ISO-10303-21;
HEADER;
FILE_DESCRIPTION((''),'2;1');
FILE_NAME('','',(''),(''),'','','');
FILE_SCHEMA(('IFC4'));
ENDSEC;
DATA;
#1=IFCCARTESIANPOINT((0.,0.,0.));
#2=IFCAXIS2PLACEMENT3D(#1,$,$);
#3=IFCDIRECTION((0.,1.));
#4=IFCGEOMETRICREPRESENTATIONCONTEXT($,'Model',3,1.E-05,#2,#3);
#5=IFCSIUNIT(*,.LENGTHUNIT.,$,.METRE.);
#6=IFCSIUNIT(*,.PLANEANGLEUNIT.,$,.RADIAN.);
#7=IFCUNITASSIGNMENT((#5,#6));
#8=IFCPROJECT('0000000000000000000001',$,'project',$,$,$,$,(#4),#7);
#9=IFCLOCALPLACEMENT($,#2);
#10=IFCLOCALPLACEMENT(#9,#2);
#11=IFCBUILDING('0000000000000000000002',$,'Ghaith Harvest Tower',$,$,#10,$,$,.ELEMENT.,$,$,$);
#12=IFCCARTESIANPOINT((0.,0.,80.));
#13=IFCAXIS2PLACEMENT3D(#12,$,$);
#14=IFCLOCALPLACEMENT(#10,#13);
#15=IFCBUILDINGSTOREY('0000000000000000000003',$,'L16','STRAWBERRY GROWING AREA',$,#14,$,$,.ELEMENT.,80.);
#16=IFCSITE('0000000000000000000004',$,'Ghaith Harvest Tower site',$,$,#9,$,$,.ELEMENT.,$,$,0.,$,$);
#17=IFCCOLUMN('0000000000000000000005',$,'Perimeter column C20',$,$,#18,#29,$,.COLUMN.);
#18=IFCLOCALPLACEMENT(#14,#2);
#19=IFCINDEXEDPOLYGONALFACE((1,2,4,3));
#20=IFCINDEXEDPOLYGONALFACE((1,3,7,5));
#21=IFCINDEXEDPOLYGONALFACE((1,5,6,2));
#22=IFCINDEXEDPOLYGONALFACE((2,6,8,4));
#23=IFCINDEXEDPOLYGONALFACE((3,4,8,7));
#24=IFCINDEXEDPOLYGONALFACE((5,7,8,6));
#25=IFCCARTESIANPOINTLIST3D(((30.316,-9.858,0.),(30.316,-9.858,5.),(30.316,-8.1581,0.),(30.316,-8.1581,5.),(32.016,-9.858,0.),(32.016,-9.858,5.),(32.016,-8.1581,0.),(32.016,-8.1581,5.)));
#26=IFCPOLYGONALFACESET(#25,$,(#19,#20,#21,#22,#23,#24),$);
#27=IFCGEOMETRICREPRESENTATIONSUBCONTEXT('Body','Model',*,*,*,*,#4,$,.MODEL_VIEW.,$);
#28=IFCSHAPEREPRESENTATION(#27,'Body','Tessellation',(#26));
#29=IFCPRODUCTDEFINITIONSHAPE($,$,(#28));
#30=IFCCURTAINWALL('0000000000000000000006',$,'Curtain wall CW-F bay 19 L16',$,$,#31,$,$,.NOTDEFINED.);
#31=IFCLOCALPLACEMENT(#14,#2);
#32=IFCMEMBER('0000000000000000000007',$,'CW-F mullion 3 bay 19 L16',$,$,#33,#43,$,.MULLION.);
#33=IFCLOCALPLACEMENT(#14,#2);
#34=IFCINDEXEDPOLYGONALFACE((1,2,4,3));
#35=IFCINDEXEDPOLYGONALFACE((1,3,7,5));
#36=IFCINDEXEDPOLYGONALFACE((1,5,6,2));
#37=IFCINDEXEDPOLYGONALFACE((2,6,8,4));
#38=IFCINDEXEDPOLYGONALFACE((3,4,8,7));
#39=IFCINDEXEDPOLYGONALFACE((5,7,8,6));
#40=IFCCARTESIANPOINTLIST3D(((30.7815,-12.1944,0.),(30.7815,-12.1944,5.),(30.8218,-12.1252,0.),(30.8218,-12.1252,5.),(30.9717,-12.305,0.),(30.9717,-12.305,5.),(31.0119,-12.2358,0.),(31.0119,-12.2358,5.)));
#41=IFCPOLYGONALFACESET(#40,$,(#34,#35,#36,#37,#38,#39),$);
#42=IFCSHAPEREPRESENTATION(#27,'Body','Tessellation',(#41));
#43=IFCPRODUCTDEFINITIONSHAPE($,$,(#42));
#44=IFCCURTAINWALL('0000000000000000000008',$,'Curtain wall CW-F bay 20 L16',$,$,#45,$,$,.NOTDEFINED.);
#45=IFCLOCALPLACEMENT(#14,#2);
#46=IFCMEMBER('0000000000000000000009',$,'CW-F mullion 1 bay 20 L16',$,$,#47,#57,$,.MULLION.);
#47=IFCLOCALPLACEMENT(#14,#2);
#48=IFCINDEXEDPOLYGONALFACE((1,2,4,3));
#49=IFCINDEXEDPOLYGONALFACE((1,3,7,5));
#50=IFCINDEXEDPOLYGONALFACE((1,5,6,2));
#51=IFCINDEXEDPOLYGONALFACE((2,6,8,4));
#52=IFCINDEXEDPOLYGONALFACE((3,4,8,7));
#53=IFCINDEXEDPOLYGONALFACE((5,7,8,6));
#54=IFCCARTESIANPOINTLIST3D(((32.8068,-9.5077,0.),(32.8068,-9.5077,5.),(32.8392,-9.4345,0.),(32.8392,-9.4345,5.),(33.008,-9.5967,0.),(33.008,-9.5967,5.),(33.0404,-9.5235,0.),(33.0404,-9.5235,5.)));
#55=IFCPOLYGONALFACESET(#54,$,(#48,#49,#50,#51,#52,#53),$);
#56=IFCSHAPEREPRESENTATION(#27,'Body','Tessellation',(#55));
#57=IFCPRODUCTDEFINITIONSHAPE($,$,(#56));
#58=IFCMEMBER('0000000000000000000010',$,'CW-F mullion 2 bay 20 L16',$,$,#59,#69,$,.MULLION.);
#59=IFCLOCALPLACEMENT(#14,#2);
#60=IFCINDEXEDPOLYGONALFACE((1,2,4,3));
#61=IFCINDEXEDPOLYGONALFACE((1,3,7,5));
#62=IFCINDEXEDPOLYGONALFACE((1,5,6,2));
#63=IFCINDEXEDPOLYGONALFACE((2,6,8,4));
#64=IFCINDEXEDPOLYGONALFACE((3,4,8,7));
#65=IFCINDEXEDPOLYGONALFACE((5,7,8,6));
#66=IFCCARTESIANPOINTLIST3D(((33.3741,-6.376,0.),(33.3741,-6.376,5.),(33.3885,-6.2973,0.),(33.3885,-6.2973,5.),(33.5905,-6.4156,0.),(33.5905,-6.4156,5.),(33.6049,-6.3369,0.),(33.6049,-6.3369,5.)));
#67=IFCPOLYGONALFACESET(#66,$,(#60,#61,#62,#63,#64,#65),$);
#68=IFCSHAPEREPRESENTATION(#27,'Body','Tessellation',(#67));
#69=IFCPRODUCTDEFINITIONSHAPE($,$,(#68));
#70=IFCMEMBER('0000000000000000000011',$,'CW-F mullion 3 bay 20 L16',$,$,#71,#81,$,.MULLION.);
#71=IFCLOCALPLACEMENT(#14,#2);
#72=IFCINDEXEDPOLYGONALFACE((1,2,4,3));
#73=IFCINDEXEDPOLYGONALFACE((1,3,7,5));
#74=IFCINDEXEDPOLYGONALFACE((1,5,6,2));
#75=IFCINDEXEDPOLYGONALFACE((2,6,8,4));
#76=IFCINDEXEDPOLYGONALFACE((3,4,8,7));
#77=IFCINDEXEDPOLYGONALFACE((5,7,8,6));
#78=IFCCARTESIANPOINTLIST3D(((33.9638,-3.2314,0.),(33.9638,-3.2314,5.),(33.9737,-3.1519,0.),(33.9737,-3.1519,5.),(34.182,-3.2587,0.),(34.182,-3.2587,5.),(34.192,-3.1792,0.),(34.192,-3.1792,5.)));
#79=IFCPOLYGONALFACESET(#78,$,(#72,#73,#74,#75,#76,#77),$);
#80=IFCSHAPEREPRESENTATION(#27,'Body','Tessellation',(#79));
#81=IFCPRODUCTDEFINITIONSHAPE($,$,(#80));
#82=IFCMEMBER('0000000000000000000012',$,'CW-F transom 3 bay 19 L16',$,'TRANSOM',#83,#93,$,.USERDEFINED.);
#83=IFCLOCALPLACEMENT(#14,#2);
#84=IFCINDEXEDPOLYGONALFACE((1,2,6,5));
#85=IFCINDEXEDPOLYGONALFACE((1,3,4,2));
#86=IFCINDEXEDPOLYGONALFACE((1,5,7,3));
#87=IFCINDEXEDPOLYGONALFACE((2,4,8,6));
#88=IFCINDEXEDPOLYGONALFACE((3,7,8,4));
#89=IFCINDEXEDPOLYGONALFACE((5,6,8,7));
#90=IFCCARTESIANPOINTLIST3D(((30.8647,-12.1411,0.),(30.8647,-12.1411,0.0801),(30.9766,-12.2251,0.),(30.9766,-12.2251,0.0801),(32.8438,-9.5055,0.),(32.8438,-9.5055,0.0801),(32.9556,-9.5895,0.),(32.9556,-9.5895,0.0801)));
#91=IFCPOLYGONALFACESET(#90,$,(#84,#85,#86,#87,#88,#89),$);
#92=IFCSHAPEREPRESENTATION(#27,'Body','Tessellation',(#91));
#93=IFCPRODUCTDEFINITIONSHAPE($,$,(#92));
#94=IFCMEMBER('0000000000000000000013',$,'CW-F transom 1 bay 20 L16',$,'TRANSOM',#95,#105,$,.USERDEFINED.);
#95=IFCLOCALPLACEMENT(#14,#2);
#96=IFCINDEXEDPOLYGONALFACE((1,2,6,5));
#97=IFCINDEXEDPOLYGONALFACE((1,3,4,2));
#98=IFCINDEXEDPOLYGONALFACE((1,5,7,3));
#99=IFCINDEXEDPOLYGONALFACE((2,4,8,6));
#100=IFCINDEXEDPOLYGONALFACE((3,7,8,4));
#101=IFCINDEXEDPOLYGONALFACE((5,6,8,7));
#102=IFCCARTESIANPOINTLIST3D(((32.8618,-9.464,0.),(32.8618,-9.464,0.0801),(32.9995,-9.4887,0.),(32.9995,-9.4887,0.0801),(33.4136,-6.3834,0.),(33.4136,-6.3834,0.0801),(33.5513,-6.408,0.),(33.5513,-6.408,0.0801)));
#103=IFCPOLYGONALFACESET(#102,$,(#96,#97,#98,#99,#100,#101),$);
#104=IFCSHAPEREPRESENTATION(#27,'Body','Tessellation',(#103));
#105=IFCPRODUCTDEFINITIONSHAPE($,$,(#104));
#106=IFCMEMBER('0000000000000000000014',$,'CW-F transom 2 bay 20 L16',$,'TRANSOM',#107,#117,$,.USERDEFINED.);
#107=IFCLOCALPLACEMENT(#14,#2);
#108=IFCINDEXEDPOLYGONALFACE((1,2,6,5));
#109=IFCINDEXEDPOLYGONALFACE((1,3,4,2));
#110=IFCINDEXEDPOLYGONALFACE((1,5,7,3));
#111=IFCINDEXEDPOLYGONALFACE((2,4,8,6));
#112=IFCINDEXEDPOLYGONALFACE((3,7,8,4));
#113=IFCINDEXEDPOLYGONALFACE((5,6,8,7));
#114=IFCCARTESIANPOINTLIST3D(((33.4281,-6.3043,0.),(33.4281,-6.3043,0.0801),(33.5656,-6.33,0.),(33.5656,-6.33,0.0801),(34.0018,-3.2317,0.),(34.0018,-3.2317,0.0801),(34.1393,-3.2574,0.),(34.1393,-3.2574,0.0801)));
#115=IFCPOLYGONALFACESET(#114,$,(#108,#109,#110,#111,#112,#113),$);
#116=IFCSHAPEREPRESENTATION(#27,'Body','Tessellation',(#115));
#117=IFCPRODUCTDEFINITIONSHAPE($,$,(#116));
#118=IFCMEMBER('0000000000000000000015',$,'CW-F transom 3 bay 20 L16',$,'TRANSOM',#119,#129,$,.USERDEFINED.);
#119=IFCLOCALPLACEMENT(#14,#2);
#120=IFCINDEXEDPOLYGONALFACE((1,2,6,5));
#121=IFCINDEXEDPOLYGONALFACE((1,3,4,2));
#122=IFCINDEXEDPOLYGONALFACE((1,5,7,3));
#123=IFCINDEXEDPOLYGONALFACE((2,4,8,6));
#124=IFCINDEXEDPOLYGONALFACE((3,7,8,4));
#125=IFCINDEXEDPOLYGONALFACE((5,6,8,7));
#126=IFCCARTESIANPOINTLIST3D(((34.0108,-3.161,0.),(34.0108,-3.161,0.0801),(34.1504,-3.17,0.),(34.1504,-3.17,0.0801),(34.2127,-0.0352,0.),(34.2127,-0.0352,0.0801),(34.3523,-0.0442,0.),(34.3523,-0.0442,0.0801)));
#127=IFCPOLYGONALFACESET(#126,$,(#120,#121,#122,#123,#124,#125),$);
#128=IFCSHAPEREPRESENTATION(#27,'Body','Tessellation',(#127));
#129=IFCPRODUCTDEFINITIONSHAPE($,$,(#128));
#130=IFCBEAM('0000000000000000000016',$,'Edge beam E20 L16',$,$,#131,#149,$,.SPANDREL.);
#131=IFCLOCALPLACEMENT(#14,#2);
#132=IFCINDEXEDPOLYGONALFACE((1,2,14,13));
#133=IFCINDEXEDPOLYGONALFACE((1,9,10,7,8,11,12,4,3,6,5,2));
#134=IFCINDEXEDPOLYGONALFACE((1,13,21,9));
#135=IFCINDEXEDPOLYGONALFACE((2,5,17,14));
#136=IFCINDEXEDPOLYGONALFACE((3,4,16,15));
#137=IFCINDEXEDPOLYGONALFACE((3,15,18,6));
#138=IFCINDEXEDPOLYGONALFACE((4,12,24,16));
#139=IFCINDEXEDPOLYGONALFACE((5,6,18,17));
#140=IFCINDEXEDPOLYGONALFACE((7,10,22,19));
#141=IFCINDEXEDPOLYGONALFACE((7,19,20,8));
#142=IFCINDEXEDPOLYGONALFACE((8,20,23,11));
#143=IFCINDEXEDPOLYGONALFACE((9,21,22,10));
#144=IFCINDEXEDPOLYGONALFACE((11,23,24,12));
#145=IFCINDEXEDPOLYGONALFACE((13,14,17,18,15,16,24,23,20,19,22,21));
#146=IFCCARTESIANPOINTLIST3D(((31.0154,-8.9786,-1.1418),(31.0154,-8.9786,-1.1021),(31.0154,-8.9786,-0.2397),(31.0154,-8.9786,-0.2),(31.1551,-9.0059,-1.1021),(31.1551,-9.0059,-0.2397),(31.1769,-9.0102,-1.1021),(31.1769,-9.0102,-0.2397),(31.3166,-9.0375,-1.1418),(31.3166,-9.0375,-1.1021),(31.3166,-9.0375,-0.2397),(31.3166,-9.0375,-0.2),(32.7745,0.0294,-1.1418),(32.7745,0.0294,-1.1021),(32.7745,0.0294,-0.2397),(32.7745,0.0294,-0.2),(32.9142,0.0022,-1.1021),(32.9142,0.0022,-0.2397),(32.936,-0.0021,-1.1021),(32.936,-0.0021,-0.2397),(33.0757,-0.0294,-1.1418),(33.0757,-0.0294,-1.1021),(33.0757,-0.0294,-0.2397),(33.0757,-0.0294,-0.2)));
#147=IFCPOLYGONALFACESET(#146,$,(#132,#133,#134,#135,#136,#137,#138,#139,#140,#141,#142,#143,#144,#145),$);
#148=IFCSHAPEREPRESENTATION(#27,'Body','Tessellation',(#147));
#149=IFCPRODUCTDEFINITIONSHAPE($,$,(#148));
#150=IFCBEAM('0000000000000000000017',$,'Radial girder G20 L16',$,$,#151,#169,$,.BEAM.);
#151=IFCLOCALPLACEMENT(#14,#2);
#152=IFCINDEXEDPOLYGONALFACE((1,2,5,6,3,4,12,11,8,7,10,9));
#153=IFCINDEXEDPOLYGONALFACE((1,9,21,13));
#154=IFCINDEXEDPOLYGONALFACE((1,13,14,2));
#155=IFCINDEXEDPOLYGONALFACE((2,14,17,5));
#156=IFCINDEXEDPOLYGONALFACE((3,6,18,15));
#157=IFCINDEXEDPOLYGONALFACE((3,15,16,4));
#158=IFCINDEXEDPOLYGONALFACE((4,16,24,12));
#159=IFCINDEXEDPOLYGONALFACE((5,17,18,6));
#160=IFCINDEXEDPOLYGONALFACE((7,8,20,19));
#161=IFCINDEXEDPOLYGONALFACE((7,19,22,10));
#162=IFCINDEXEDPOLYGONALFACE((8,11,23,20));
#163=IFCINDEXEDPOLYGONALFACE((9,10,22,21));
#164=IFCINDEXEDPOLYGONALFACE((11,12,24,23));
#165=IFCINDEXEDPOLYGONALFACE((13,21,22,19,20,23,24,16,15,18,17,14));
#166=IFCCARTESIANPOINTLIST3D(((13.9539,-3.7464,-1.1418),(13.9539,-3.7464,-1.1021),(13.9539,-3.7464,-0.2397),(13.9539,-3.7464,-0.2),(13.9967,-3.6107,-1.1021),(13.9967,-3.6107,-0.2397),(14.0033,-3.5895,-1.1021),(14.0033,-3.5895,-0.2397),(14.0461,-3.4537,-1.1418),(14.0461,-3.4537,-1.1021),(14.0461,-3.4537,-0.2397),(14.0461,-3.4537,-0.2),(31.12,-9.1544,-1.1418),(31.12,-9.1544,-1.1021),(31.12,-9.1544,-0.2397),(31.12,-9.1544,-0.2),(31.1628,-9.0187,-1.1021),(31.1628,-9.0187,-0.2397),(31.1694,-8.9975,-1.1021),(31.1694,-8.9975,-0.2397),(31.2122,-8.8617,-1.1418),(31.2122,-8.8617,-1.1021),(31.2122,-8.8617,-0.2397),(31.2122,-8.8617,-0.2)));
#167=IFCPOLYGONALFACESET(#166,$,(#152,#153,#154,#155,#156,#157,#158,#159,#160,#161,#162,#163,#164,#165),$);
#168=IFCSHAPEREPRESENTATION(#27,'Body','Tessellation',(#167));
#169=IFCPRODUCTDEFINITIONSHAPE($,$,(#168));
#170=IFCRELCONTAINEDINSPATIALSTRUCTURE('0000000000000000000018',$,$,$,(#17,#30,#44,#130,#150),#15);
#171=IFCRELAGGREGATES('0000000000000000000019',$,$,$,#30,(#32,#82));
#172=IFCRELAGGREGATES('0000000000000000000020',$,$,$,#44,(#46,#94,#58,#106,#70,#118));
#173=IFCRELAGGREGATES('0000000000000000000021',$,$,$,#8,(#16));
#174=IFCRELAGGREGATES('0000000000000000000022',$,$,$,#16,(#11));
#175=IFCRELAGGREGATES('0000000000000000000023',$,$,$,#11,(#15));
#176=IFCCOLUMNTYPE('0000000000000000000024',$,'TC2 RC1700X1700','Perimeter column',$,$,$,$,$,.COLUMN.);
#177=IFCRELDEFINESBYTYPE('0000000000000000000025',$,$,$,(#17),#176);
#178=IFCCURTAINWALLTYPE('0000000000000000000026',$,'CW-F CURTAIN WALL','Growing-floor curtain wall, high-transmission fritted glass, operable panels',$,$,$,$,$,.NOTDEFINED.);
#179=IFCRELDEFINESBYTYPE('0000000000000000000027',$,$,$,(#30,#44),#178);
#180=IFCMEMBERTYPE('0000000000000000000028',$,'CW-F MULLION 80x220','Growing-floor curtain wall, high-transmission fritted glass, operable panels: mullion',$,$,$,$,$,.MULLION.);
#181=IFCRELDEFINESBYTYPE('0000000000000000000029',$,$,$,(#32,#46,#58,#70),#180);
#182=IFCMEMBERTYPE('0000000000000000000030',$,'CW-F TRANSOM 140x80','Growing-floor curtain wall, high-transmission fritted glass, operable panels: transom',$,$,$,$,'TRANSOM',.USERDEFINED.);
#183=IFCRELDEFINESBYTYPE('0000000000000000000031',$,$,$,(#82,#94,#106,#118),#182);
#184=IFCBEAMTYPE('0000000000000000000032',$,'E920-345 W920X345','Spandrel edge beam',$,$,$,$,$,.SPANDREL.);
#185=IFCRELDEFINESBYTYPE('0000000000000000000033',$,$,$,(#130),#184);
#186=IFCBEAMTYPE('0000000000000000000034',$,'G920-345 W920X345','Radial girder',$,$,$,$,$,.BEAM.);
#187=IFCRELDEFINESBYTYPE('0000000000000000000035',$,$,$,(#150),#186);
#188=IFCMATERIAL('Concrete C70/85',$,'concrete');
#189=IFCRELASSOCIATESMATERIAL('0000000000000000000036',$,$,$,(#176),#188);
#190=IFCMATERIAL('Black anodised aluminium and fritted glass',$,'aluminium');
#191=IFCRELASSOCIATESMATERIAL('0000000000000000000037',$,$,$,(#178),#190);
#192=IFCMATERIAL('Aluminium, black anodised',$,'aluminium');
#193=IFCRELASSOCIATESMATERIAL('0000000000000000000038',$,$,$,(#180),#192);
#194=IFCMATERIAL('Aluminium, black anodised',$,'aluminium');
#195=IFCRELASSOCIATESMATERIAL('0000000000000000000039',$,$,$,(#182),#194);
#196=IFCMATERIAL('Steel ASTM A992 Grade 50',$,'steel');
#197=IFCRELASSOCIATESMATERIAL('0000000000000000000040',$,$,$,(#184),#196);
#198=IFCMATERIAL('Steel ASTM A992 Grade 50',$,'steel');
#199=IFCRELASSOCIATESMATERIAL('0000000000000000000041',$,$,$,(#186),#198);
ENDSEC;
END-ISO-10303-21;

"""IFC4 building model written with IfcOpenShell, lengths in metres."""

from ifc_helpers import new_model, si_unit, direction, frame, origin, origin_2d, place, context, subcontext, project, spatial, rectangle, i_section, extrude, material, material_profile, profile_set, type_object, element, aggregate, save


model = new_model("IFC4")

# Units and contexts
model_context = context("Model", 3, precision=1e-05, world=origin(), true_north=direction((0.0, 1.0)))
body_context = subcontext(model_context, "Body", "Model", "MODEL_VIEW")
ifc_project = project(units=[si_unit("LENGTHUNIT", "METRE"), si_unit("PLANEANGLEUNIT", "RADIAN")], contexts=[model_context])

# Site, building, storey
site_placement = place(None, origin())
site = spatial("IfcSite", under=ifc_project, at=site_placement, Name="Ghaith Harvest Tower site", CompositionType="ELEMENT", RefElevation=0.0)
building_placement = place(site_placement, origin())
building = spatial("IfcBuilding", under=site, at=building_placement, Name="Ghaith Harvest Tower", CompositionType="ELEMENT")
storey_placement = place(building_placement, frame((0.0, 0.0, 80.0)))
storey = spatial("IfcBuildingStorey", under=building, at=storey_placement, Name="L16", Description="STRAWBERRY GROWING AREA", CompositionType="ELEMENT", Elevation=80.0)

# Column
ifc_material_1 = material(Name="Concrete C70/85", Category="concrete")
ifc_material_profile_1 = material_profile(ifc_material_1, rectangle(XDim=1.7, YDim=1.7, at=origin_2d()), Name="RC1700X1700")
ifc_profile_set_1 = profile_set([ifc_material_profile_1], Name="Concrete C70/85")
column_type = type_object("IfcColumnType", Name="TC2 RC1700X1700", Description="Perimeter column", PredefinedType="COLUMN", material=ifc_profile_set_1)
column_placement = place(storey_placement, frame((31.166, -9.0081, 0.0), z_axis=(0.0, 0.0, 1.0), x_axis=(1.0, 0.0, 0.0)))
element("IfcColumn", 1, at=column_placement, inside=storey, type_object=column_type, Name="Perimeter column C20", PredefinedType="COLUMN", context=body_context, shape_type="SweptSolid", body=[
    extrude(rectangle(XDim=1.7, YDim=1.7, at=origin_2d()), origin(), (0.0, 0.0, 1.0), 5.0),
])

# Curtain wall, member
ifc_material_2 = material(Name="Black anodised aluminium and fritted glass", Category="aluminium")
curtain_wall_type = type_object("IfcCurtainWallType", Name="CW-F CURTAIN WALL", Description="Growing-floor curtain wall, high-transmission fritted glass, operable panels", PredefinedType="NOTDEFINED", material=ifc_material_2)
curtain_wall_1_placement = place(storey_placement, origin())
curtain_wall_1 = element("IfcCurtainWall", 2, at=curtain_wall_1_placement, inside=storey, type_object=curtain_wall_type, Name="Curtain wall CW-F bay 19 L16", PredefinedType="NOTDEFINED")
ifc_material_3 = material(Name="Aluminium, black anodised", Category="aluminium")
ifc_material_profile_2 = material_profile(ifc_material_3, rectangle(XDim=0.0801, YDim=0.22, at=origin_2d()), Name="CW-F MULLION 80x220")
ifc_profile_set_2 = profile_set([ifc_material_profile_2], Name="Aluminium, black anodised")
member_type_1 = type_object("IfcMemberType", Name="CW-F MULLION 80x220", Description="Growing-floor curtain wall, high-transmission fritted glass, operable panels: mullion", PredefinedType="MULLION", material=ifc_profile_set_2)
member_1_placement = place(storey_placement, frame((30.8967, -12.2151, 0.0), z_axis=(0.0, 0.0, 1.0), x_axis=(0.502795, 0.864406, 0.0)))
member_1 = element("IfcMember", 3, at=member_1_placement, type_object=member_type_1, Name="CW-F mullion 3 bay 19 L16", PredefinedType="MULLION", context=body_context, shape_type="SweptSolid", body=[
    extrude(rectangle(XDim=0.0801, YDim=0.22, at=origin_2d()), origin(), (0.0, 0.0, 1.0), 5.0),
])

# Curtain wall, members
curtain_wall_2_placement = place(storey_placement, origin())
curtain_wall_2 = element("IfcCurtainWall", 4, at=curtain_wall_2_placement, inside=storey, type_object=curtain_wall_type, Name="Curtain wall CW-F bay 20 L16", PredefinedType="NOTDEFINED")
member_2_placement = place(storey_placement, frame((32.9236, -9.5156, 0.0), z_axis=(0.0, 0.0, 1.0), x_axis=(0.404702, 0.914449, 0.0)))
member_2 = element("IfcMember", 5, at=member_2_placement, type_object=member_type_1, Name="CW-F mullion 1 bay 20 L16", PredefinedType="MULLION", context=body_context, shape_type="SweptSolid", body=[
    extrude(rectangle(XDim=0.0801, YDim=0.22, at=origin_2d()), origin(), (0.0, 0.0, 1.0), 5.0),
])
member_3_placement = place(storey_placement, frame((33.4895, -6.3564, 0.0), z_axis=(0.0, 0.0, 1.0), x_axis=(0.179943, 0.983677, 0.0)))
member_3 = element("IfcMember", 6, at=member_3_placement, type_object=member_type_1, Name="CW-F mullion 2 bay 20 L16", PredefinedType="MULLION", context=body_context, shape_type="SweptSolid", body=[
    extrude(rectangle(XDim=0.0801, YDim=0.22, at=origin_2d()), origin(), (0.0, 0.0, 1.0), 5.0),
])
member_4_placement = place(storey_placement, frame((34.0779, -3.2053, 0.0), z_axis=(0.0, 0.0, 1.0), x_axis=(0.12417, 0.992261, 0.0)))
member_4 = element("IfcMember", 7, at=member_4_placement, type_object=member_type_1, Name="CW-F mullion 3 bay 20 L16", PredefinedType="MULLION", context=body_context, shape_type="SweptSolid", body=[
    extrude(rectangle(XDim=0.0801, YDim=0.22, at=origin_2d()), origin(), (0.0, 0.0, 1.0), 5.0),
])

# Members
ifc_material_4 = material(Name="Aluminium, black anodised", Category="aluminium")
ifc_material_profile_3 = material_profile(ifc_material_4, rectangle(XDim=0.1399, YDim=0.0801, at=origin_2d()), Name="CW-F TRANSOM 140x80")
ifc_profile_set_3 = profile_set([ifc_material_profile_3], Name="Aluminium, black anodised")
member_type_2 = type_object("IfcMemberType", Name="CW-F TRANSOM 140x80", Description="Growing-floor curtain wall, high-transmission fritted glass, operable panels: transom", ElementType="TRANSOM", PredefinedType="USERDEFINED", material=ifc_profile_set_3)
member_5_placement = place(storey_placement, frame((30.9207, -12.1831, 0.04), z_axis=(0.600462, 0.799653, 0.0), x_axis=(-0.799653, 0.600462, 0.0)))
member_5 = element("IfcMember", 8, at=member_5_placement, type_object=member_type_2, Name="CW-F transom 3 bay 19 L16", ObjectType="TRANSOM", PredefinedType="USERDEFINED", context=body_context, shape_type="SweptSolid", body=[
    extrude(rectangle(XDim=0.1399, YDim=0.0801, at=origin_2d()), origin(), (0.0, 0.0, 1.0), 3.2959),
])
member_6_placement = place(storey_placement, frame((32.9307, -9.4763, 0.04), z_axis=(0.176304, 0.984336, 0.0), x_axis=(-0.984336, 0.176304, 0.0)))
member_6 = element("IfcMember", 9, at=member_6_placement, type_object=member_type_2, Name="CW-F transom 1 bay 20 L16", ObjectType="TRANSOM", PredefinedType="USERDEFINED", context=body_context, shape_type="SweptSolid", body=[
    extrude(rectangle(XDim=0.1399, YDim=0.0801, at=origin_2d()), origin(), (0.0, 0.0, 1.0), 3.1296),
])
member_7_placement = place(storey_placement, frame((33.4968, -6.3171, 0.04), z_axis=(0.183557, 0.983009, 0.0), x_axis=(-0.983009, 0.183557, 0.0)))
member_7 = element("IfcMember", 10, at=member_7_placement, type_object=member_type_2, Name="CW-F transom 2 bay 20 L16", ObjectType="TRANSOM", PredefinedType="USERDEFINED", context=body_context, shape_type="SweptSolid", body=[
    extrude(rectangle(XDim=0.1399, YDim=0.0801, at=origin_2d()), origin(), (0.0, 0.0, 1.0), 3.1257),
])
member_8_placement = place(storey_placement, frame((34.0806, -3.1655, 0.04), z_axis=(0.06446, 0.99792, 0.0), x_axis=(-0.99792, 0.06446, 0.0)))
member_8 = element("IfcMember", 11, at=member_8_placement, type_object=member_type_2, Name="CW-F transom 3 bay 20 L16", ObjectType="TRANSOM", PredefinedType="USERDEFINED", context=body_context, shape_type="SweptSolid", body=[
    extrude(rectangle(XDim=0.1399, YDim=0.0801, at=origin_2d()), origin(), (0.0, 0.0, 1.0), 3.1323),
])

# Beams
ifc_material_5 = material(Name="Steel ASTM A992 Grade 50", Category="steel")
ifc_material_profile_4 = material_profile(ifc_material_5, i_section(OverallWidth=0.3069, OverallDepth=0.9419, WebThickness=0.0222, FlangeThickness=0.0398, at=origin_2d()), Name="W920X345")
ifc_profile_set_4 = profile_set([ifc_material_profile_4], Name="Steel ASTM A992 Grade 50")
beam_type_1 = type_object("IfcBeamType", Name="E920-345 W920X345", Description="Spandrel edge beam", PredefinedType="SPANDREL", material=ifc_profile_set_4)
beam_1_placement = place(storey_placement, frame((31.166, -9.0081, -0.6709), z_axis=(0.191653, 0.981463, 0.0), x_axis=(-0.981463, 0.191653, 0.0)))
element("IfcBeam", 12, at=beam_1_placement, inside=storey, type_object=beam_type_1, Name="Edge beam E20 L16", PredefinedType="SPANDREL", context=body_context, shape_type="SweptSolid", body=[
    extrude(i_section(OverallWidth=0.3069, OverallDepth=0.9419, WebThickness=0.0222, FlangeThickness=0.0398, at=origin_2d()), origin(), (0.0, 0.0, 1.0), 9.1782),
])
ifc_material_6 = material(Name="Steel ASTM A992 Grade 50", Category="steel")
ifc_material_profile_5 = material_profile(ifc_material_6, i_section(OverallWidth=0.3069, OverallDepth=0.9419, WebThickness=0.0222, FlangeThickness=0.0398, at=origin_2d()), Name="W920X345")
ifc_profile_set_5 = profile_set([ifc_material_profile_5], Name="Steel ASTM A992 Grade 50")
beam_type_2 = type_object("IfcBeamType", Name="G920-345 W920X345", Description="Radial girder", PredefinedType="BEAM", material=ifc_profile_set_5)
beam_2_placement = place(storey_placement, frame((14.0, -3.6001, -0.6709), z_axis=(0.953788, -0.30048, 0.0), x_axis=(0.30048, 0.953788, 0.0)))
element("IfcBeam", 13, at=beam_2_placement, inside=storey, type_object=beam_type_2, Name="Radial girder G20 L16", PredefinedType="BEAM", context=body_context, shape_type="SweptSolid", body=[
    extrude(i_section(OverallWidth=0.3069, OverallDepth=0.9419, WebThickness=0.0222, FlangeThickness=0.0398, at=origin_2d()), origin(), (0.0, 0.0, 1.0), 17.9978),
])

aggregate(curtain_wall_1, [member_1, member_5])
aggregate(curtain_wall_2, [member_2, member_6, member_3, member_7, member_4, member_8])

save(model, "model.ifc")
